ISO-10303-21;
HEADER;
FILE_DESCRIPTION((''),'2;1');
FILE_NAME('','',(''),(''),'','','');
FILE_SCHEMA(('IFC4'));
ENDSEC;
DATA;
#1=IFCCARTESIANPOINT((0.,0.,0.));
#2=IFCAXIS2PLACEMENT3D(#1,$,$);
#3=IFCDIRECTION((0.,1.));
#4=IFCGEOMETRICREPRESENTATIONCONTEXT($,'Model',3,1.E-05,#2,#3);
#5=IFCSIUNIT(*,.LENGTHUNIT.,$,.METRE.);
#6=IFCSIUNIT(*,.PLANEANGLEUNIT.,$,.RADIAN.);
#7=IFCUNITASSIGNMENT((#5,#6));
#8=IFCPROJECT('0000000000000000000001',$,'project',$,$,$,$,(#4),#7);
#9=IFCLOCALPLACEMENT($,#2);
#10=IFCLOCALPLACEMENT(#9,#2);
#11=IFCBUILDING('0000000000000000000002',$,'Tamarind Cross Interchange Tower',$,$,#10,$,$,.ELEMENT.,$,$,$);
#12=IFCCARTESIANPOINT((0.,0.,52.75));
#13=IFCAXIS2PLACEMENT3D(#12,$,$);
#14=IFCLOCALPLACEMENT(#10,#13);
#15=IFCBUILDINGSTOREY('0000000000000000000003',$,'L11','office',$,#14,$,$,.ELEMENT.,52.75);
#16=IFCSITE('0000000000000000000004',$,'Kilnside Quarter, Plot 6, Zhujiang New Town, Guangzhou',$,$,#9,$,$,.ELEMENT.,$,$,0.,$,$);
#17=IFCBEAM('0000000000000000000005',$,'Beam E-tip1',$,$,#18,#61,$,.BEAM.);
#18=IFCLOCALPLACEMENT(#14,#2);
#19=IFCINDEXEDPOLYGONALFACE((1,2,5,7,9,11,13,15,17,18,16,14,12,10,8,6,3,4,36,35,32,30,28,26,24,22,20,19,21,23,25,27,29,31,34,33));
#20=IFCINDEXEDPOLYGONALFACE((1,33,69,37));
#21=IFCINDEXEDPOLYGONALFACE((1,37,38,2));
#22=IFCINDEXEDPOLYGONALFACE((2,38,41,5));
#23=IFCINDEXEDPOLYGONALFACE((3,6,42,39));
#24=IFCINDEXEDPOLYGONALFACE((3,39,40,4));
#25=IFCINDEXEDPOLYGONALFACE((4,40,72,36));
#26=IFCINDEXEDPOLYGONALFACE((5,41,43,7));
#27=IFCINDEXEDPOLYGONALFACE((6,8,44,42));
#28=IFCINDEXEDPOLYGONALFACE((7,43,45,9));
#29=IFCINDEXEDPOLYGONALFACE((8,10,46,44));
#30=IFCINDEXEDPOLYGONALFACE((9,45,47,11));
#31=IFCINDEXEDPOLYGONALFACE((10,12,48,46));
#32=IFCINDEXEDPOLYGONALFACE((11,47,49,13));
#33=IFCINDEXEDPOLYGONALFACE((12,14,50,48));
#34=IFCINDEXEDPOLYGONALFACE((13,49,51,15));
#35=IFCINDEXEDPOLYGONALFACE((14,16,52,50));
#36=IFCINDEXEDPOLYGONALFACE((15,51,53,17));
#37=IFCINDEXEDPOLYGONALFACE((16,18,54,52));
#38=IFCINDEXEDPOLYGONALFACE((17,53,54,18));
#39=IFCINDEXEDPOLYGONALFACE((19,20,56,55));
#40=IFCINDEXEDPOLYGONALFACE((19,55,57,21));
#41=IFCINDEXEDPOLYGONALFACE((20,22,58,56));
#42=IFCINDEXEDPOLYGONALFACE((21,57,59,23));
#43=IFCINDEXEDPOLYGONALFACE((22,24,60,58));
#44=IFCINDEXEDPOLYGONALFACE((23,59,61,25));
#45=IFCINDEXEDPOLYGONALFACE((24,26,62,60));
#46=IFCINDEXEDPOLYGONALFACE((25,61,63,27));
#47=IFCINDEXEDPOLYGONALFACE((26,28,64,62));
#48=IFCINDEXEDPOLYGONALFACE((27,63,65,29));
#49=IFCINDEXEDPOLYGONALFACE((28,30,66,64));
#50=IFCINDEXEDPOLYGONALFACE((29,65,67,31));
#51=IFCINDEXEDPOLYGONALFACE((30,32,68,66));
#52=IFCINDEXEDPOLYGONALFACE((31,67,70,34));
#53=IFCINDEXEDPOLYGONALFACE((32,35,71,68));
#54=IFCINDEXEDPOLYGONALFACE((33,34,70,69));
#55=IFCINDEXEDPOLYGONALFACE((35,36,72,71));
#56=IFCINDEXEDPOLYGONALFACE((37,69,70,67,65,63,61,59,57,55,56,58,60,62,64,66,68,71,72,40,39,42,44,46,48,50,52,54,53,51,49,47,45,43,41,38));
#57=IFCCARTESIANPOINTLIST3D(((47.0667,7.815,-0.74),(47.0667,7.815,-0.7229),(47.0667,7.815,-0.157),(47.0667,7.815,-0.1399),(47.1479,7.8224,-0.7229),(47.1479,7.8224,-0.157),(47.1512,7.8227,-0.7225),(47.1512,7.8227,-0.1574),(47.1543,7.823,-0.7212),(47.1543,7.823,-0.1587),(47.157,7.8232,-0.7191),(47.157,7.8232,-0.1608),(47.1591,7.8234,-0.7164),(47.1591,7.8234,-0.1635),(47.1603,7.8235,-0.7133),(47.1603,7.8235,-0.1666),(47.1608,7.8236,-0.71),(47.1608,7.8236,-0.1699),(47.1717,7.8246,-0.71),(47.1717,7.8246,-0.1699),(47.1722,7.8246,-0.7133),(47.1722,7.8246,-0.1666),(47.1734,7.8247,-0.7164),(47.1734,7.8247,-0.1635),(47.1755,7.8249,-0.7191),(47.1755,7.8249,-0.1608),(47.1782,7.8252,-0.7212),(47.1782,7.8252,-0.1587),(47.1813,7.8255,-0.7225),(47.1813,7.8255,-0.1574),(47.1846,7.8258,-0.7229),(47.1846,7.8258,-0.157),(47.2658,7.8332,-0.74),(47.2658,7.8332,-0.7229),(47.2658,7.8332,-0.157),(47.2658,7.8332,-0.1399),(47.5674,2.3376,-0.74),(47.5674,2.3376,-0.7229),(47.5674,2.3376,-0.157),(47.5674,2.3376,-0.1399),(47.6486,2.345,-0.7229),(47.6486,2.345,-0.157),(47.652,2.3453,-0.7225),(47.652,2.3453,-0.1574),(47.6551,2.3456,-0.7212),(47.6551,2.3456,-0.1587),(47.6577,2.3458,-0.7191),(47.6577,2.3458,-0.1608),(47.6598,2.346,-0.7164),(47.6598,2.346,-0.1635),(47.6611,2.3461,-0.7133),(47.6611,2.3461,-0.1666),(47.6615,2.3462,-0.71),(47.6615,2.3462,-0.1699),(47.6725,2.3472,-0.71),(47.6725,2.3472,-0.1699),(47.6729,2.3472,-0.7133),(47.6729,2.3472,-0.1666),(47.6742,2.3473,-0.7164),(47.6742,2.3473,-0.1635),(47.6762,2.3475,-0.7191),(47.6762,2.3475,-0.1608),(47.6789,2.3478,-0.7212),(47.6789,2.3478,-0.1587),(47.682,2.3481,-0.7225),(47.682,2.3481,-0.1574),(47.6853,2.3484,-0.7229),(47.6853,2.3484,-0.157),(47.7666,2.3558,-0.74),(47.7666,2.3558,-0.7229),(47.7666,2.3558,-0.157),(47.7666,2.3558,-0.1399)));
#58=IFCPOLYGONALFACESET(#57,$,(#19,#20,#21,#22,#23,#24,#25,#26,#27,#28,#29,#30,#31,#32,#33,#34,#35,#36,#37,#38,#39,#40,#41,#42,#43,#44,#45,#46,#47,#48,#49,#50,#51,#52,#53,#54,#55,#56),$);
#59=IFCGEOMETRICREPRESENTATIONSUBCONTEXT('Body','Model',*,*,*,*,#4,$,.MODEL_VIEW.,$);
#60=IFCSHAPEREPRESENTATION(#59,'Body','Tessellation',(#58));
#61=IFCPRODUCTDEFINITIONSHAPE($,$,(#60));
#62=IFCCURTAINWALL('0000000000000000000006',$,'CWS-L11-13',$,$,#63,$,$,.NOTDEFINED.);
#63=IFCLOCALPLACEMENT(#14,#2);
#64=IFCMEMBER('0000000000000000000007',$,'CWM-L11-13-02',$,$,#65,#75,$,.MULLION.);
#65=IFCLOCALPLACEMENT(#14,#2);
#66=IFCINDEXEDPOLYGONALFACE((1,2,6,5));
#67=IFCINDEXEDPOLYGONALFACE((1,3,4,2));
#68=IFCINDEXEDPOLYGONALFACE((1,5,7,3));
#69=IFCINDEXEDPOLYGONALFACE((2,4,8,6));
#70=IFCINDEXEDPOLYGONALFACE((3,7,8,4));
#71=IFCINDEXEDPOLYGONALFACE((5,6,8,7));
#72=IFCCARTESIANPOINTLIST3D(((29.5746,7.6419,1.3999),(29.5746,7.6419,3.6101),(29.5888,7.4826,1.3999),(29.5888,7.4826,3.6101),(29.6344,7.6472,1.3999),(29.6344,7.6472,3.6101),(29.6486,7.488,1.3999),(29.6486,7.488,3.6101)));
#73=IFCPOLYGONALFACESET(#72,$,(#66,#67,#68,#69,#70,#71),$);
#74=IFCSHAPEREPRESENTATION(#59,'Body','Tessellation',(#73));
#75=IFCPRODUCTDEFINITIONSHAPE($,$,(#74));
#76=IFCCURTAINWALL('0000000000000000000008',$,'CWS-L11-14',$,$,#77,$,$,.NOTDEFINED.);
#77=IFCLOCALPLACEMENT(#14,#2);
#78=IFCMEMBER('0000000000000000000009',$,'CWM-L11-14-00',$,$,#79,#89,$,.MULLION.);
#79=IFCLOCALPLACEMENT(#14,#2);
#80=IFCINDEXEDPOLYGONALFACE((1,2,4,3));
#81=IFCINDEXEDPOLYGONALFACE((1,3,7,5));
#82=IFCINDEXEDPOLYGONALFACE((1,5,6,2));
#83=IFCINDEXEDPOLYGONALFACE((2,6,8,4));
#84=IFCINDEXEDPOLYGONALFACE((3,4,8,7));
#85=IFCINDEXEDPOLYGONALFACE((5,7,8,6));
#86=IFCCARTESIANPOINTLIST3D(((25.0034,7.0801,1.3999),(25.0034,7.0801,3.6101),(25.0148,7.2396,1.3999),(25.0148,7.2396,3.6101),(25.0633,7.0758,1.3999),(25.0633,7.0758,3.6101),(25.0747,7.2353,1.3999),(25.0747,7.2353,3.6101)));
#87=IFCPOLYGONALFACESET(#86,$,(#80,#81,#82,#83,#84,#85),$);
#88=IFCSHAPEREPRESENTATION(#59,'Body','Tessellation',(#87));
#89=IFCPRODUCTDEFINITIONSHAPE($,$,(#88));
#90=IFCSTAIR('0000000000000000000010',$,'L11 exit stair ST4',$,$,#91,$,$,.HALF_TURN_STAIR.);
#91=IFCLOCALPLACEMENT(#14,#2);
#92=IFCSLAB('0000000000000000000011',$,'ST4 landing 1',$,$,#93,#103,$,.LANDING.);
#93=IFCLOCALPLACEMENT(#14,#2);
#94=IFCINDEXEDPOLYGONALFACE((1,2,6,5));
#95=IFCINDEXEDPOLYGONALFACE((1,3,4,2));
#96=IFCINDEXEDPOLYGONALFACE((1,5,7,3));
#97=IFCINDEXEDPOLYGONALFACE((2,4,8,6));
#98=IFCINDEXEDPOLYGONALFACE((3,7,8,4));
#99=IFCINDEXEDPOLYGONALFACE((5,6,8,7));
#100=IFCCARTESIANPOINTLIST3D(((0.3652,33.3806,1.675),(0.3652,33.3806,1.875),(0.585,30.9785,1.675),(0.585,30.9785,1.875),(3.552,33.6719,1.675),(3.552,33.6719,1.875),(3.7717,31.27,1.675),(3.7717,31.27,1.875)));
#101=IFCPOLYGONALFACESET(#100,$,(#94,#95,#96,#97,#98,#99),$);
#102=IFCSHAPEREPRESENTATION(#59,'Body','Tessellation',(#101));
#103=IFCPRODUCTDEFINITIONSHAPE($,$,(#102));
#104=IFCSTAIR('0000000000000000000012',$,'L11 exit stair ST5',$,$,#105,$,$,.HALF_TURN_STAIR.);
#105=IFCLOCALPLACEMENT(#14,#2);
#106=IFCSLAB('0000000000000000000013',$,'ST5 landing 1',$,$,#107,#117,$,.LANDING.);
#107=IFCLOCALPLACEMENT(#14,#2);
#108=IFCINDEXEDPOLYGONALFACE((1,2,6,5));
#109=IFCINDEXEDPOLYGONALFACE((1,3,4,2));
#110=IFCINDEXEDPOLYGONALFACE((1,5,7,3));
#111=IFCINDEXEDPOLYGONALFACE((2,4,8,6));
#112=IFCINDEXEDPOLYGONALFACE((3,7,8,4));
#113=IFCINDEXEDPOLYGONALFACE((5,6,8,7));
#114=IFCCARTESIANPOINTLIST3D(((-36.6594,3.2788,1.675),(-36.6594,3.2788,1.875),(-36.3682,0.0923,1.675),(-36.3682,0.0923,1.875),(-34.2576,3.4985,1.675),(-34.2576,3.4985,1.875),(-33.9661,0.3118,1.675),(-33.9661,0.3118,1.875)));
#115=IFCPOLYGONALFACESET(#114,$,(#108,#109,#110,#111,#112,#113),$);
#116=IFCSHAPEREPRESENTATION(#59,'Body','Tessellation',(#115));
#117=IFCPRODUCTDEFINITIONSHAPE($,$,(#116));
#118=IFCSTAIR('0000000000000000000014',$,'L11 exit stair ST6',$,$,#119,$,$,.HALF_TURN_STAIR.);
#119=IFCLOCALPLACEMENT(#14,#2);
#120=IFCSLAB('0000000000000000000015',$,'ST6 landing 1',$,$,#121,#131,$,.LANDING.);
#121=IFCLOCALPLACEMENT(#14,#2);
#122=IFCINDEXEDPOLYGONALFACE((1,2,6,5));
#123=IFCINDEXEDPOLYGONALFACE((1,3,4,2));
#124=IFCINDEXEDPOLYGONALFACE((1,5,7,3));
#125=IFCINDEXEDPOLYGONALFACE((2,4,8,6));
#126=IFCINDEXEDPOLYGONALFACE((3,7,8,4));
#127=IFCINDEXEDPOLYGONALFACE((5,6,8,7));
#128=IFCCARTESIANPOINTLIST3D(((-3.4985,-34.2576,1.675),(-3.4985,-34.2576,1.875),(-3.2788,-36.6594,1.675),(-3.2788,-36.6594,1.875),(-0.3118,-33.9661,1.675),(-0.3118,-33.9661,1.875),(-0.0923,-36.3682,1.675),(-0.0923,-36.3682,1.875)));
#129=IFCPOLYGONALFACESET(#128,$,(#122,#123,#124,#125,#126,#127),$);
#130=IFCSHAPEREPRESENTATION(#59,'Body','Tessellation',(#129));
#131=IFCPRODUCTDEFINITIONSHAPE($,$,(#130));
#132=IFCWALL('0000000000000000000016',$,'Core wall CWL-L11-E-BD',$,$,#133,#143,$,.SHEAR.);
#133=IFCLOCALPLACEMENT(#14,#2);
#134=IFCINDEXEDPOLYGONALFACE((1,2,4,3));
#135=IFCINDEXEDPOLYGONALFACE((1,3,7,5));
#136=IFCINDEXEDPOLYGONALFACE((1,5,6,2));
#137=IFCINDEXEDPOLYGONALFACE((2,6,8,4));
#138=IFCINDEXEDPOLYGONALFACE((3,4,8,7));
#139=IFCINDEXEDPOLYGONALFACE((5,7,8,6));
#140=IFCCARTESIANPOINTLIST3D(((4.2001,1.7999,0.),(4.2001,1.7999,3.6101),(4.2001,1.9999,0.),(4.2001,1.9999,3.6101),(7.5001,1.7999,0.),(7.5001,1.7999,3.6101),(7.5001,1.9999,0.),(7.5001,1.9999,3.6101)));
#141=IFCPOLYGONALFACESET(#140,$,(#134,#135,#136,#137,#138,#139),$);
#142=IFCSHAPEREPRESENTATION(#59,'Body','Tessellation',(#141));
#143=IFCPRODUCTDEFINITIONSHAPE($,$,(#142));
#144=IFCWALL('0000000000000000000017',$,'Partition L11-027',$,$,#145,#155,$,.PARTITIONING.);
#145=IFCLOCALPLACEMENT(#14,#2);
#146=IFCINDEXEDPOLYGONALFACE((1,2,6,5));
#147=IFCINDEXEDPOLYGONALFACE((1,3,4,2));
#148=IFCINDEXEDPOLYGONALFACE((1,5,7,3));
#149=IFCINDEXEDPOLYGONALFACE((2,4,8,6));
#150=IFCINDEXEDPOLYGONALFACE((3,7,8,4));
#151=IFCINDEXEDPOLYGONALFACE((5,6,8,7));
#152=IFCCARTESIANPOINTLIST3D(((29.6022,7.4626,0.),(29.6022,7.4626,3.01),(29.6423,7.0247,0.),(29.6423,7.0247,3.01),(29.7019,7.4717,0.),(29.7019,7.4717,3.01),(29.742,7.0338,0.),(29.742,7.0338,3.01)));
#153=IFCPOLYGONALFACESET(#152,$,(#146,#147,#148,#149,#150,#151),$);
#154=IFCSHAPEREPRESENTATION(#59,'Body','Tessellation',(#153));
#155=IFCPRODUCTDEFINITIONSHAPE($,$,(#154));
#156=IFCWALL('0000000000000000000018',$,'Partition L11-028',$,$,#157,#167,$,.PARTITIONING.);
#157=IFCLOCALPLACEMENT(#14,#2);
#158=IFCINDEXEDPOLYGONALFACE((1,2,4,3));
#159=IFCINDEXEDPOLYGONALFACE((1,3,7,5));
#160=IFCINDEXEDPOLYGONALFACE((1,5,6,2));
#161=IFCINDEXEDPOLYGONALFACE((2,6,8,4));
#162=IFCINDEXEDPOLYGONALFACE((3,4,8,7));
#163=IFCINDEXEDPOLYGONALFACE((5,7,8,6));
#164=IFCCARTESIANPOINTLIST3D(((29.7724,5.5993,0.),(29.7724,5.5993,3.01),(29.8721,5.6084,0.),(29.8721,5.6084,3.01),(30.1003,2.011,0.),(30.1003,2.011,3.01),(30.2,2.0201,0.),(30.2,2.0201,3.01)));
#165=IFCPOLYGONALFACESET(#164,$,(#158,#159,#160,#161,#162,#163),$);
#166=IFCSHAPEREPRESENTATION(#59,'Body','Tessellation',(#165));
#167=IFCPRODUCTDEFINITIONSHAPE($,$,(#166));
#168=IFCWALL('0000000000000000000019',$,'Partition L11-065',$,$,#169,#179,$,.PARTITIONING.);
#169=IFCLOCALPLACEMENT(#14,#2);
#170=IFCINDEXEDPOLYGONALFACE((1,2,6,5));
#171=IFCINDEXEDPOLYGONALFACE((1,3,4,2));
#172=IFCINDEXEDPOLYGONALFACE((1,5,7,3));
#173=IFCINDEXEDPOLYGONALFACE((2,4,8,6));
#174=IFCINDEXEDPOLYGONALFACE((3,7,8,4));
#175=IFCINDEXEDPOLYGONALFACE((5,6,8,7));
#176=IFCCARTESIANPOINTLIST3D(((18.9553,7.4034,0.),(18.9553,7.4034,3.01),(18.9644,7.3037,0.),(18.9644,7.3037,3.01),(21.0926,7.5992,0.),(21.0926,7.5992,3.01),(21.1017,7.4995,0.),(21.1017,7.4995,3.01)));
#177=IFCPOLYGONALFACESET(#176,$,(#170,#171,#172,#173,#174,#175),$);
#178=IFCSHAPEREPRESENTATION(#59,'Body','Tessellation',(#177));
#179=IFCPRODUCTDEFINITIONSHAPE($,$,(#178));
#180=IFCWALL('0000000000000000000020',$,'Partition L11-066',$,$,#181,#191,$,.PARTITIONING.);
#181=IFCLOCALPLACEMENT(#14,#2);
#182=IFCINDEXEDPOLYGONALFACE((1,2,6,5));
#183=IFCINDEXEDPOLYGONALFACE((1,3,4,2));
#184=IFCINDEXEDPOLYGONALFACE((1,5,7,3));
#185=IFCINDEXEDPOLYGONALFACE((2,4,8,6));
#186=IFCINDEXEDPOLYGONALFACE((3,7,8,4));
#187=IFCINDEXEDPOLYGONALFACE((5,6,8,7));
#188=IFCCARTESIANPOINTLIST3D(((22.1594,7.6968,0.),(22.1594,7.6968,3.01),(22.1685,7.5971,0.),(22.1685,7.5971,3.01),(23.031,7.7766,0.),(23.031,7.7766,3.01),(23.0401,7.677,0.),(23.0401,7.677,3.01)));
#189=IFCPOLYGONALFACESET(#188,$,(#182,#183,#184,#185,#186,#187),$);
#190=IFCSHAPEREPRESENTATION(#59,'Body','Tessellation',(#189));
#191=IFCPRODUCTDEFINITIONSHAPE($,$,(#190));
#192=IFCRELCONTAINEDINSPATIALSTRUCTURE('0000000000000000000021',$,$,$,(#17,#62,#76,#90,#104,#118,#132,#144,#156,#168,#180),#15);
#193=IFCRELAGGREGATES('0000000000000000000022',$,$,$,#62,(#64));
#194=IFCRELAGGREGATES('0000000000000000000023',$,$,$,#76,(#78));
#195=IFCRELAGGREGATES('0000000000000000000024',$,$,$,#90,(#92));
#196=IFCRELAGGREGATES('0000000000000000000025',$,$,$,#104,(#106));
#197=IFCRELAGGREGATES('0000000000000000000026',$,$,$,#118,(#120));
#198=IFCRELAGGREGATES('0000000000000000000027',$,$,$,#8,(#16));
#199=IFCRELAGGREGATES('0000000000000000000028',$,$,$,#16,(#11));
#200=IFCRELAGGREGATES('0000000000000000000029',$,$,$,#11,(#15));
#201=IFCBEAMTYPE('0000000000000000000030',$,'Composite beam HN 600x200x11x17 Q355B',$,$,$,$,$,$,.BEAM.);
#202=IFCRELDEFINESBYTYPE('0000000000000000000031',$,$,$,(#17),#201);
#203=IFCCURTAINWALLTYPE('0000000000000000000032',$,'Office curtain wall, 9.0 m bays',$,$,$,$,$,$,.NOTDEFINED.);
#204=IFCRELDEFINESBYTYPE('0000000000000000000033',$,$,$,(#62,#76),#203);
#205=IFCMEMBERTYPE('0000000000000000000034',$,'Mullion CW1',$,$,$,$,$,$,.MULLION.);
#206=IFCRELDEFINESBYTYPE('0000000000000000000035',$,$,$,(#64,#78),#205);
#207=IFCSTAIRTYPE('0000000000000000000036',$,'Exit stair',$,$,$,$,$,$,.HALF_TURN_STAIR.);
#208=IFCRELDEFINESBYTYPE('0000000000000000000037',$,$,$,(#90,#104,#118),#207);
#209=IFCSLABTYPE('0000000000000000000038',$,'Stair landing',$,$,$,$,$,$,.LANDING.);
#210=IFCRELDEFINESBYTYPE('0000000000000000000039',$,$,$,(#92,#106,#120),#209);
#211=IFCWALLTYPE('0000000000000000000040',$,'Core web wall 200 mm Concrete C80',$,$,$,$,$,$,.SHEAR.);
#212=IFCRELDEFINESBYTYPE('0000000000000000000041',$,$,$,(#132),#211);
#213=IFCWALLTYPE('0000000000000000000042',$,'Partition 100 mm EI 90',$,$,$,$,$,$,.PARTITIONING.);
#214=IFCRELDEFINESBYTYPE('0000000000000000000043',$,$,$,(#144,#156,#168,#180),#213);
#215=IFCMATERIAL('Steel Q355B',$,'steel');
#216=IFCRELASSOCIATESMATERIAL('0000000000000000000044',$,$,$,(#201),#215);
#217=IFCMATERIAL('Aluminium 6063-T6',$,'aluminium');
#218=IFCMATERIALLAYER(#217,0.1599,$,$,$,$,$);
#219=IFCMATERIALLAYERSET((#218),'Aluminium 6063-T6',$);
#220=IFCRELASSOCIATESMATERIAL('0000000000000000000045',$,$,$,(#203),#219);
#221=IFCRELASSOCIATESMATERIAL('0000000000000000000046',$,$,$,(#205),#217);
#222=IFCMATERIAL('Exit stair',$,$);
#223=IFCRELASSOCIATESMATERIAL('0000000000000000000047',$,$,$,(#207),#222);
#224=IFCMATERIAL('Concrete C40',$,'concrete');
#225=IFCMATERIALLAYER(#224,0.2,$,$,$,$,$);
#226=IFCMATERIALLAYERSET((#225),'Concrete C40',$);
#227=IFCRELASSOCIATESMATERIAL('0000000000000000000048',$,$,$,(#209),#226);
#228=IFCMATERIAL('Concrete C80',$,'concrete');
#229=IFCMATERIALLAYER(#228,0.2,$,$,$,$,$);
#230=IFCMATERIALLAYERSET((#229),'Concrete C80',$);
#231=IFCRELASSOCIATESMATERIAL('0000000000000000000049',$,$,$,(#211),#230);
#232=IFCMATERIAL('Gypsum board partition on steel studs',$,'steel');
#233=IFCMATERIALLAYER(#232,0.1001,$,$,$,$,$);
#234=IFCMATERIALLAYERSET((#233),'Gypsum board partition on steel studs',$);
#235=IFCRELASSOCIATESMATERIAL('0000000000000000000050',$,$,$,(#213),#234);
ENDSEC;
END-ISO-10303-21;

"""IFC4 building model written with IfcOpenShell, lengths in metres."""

from ifc_helpers import new_model, si_unit, direction, frame, frame_2d, origin, origin_2d, place, context, subcontext, project, spatial, polyline, rectangle, i_section, outline, extrude, material, layer, layer_set, material_profile, profile_set, type_object, element, aggregate, save


model = new_model("IFC4")

# Units and contexts
model_context = context("Model", 3, precision=1e-05, world=origin(), true_north=direction((0.0, 1.0)))
body_context = subcontext(model_context, "Body", "Model", "MODEL_VIEW")
ifc_project = project(units=[si_unit("LENGTHUNIT", "METRE"), si_unit("PLANEANGLEUNIT", "RADIAN")], contexts=[model_context])

# Site, building, storey
site_placement = place(None, origin())
site = spatial("IfcSite", under=ifc_project, at=site_placement, Name="Kilnside Quarter, Plot 6, Zhujiang New Town, Guangzhou", CompositionType="ELEMENT", RefElevation=0.0)
building_placement = place(site_placement, origin())
building = spatial("IfcBuilding", under=site, at=building_placement, Name="Tamarind Cross Interchange Tower", CompositionType="ELEMENT")
storey_placement = place(building_placement, frame((0.0, 0.0, 52.75)))
storey = spatial("IfcBuildingStorey", under=building, at=storey_placement, Name="L11", Description="office", CompositionType="ELEMENT", Elevation=52.75)

# Beam
ifc_material_1 = material(Name="Steel Q355B", Category="steel")
ifc_material_profile_1 = material_profile(ifc_material_1, i_section(OverallWidth=0.2, OverallDepth=0.6001, WebThickness=0.011, FlangeThickness=0.0171, FilletRadius=0.0129, at=origin_2d()), Name="HN 600x200x11x17")
ifc_profile_set_1 = profile_set([ifc_material_profile_1], Name="Steel Q355B")
beam_type_1 = type_object("IfcBeamType", Name="Composite beam HN 600x200x11x17 Q355B", PredefinedType="BEAM", material=ifc_profile_set_1)
beam_1_placement = place(storey_placement, frame((47.667, 2.3467, -0.4399), z_axis=(-0.09104, 0.995847, 0.0), x_axis=(-0.995847, -0.09104, 0.0)))
element("IfcBeam", 1, at=beam_1_placement, inside=storey, type_object=beam_type_1, Name="Beam E-tip1", PredefinedType="BEAM", context=body_context, shape_type="SweptSolid", body=[
    extrude(i_section(OverallWidth=0.2, OverallDepth=0.6001, WebThickness=0.011, FlangeThickness=0.0171, FilletRadius=0.0129, at=origin_2d()), origin(), (0.0, 0.0, 1.0), 5.5002),
])

# Curtain walls, members
ifc_material_2 = material(Name="Aluminium 6063-T6", Category="aluminium")
ifc_layer_1 = layer(ifc_material_2, 0.1599)
ifc_layer_set_1 = layer_set([ifc_layer_1], Name="Aluminium 6063-T6")
curtain_wall_type = type_object("IfcCurtainWallType", Name="Office curtain wall, 9.0 m bays", PredefinedType="NOTDEFINED", material=ifc_layer_set_1)
curtain_wall_1_placement = place(storey_placement, origin())
curtain_wall_1 = element("IfcCurtainWall", 2, at=curtain_wall_1_placement, inside=storey, type_object=curtain_wall_type, Name="CWS-L11-13", PredefinedType="NOTDEFINED")
ifc_material_profile_2 = material_profile(ifc_material_2, rectangle(XDim=0.0601, YDim=0.1599, at=origin_2d()), Name="Mullion CW1")
ifc_profile_set_2 = profile_set([ifc_material_profile_2], Name="Aluminium 6063-T6")
member_type = type_object("IfcMemberType", Name="Mullion CW1", PredefinedType="MULLION", material=ifc_profile_set_2)
member_1_placement = place(storey_placement, frame((29.6116, 7.5649, 1.3999), z_axis=(0.0, 0.0, 1.0), x_axis=(-0.99606, -0.088684, 0.0)))
member_1 = element("IfcMember", 3, at=member_1_placement, type_object=member_type, Name="CWM-L11-13-02", PredefinedType="MULLION", context=body_context, shape_type="SweptSolid", body=[
    extrude(rectangle(XDim=0.0601, YDim=0.1599, at=origin_2d()), origin(), (0.0, 0.0, 1.0), 2.2102),
])
aggregate(curtain_wall_1, [member_1])
curtain_wall_2_placement = place(storey_placement, origin())
curtain_wall_2 = element("IfcCurtainWall", 4, at=curtain_wall_2_placement, inside=storey, type_object=curtain_wall_type, Name="CWS-L11-14", PredefinedType="NOTDEFINED")
member_2_placement = place(storey_placement, frame((25.0391, 7.1577, 1.3999), z_axis=(0.0, 0.0, 1.0), x_axis=(-0.997462, 0.071194, 0.0)))
member_2 = element("IfcMember", 5, at=member_2_placement, type_object=member_type, Name="CWM-L11-14-00", PredefinedType="MULLION", context=body_context, shape_type="SweptSolid", body=[
    extrude(rectangle(XDim=0.0601, YDim=0.1599, at=origin_2d()), origin(), (0.0, 0.0, 1.0), 2.2102),
])
aggregate(curtain_wall_2, [member_2])

# Stairs, slabs
ifc_material_3 = material(Name="Exit stair")
stair_type = type_object("IfcStairType", Name="Exit stair", PredefinedType="HALF_TURN_STAIR", material=ifc_material_3)
stair_1_placement = place(storey_placement, origin())
stair_1 = element("IfcStair", 6, at=stair_1_placement, inside=storey, type_object=stair_type, Name="L11 exit stair ST4", PredefinedType="HALF_TURN_STAIR")
ifc_material_4 = material(Name="Concrete C40", Category="concrete")
ifc_layer_2 = layer(ifc_material_4, 0.2)
ifc_layer_set_2 = layer_set([ifc_layer_2], Name="Concrete C40")
slab_type = type_object("IfcSlabType", Name="Stair landing", PredefinedType="LANDING", material=ifc_layer_set_2)
slab_1_placement = place(storey_placement, frame((0.0, 0.0, 1.675)))
slab_1 = element("IfcSlab", 7, at=slab_1_placement, type_object=slab_type, Name="ST4 landing 1", PredefinedType="LANDING", context=body_context, shape_type="SweptSolid", body=[
    extrude(outline(polyline([(3.7717, 31.27), (3.552, 33.6719), (0.3652, 33.3806), (0.585, 30.9785), (3.7717, 31.27)])), origin(), (0.0, 0.0, 1.0), 0.2),
])
aggregate(stair_1, [slab_1])
stair_2_placement = place(storey_placement, origin())
stair_2 = element("IfcStair", 8, at=stair_2_placement, inside=storey, type_object=stair_type, Name="L11 exit stair ST5", PredefinedType="HALF_TURN_STAIR")
slab_2_placement = place(storey_placement, frame((0.0, 0.0, 1.675)))
slab_2 = element("IfcSlab", 9, at=slab_2_placement, type_object=slab_type, Name="ST5 landing 1", PredefinedType="LANDING", context=body_context, shape_type="SweptSolid", body=[
    extrude(outline(polyline([(-34.2576, 3.4985), (-36.6594, 3.2788), (-36.3682, 0.0923), (-33.9661, 0.3118), (-34.2576, 3.4985)])), origin(), (0.0, 0.0, 1.0), 0.2),
])
aggregate(stair_2, [slab_2])
stair_3_placement = place(storey_placement, origin())
stair_3 = element("IfcStair", 10, at=stair_3_placement, inside=storey, type_object=stair_type, Name="L11 exit stair ST6", PredefinedType="HALF_TURN_STAIR")
slab_3_placement = place(storey_placement, frame((0.0, 0.0, 1.675)))
slab_3 = element("IfcSlab", 11, at=slab_3_placement, type_object=slab_type, Name="ST6 landing 1", PredefinedType="LANDING", context=body_context, shape_type="SweptSolid", body=[
    extrude(outline(polyline([(-3.4985, -34.2576), (-3.2788, -36.6594), (-0.0923, -36.3682), (-0.3118, -33.9661), (-3.4985, -34.2576)])), origin(), (0.0, 0.0, 1.0), 0.2),
])
aggregate(stair_3, [slab_3])

# Walls
ifc_material_5 = material(Name="Concrete C80", Category="concrete")
ifc_layer_3 = layer(ifc_material_5, 0.2)
ifc_layer_set_3 = layer_set([ifc_layer_3], Name="Concrete C80")
wall_type_1 = type_object("IfcWallType", Name="Core web wall 200 mm Concrete C80", PredefinedType="SHEAR", material=ifc_layer_set_3)
wall_1_placement = place(storey_placement, frame((7.5, 1.8999, 0.0), z_axis=(0.0, 0.0, 1.0), x_axis=(-1.0, 0.0, 0.0)))
element("IfcWall", 12, at=wall_1_placement, inside=storey, type_object=wall_type_1, Name="Core wall CWL-L11-E-BD", PredefinedType="SHEAR", context=body_context, shape_type="SweptSolid", body=[
    extrude(rectangle(XDim=3.3, YDim=0.2, at=frame_2d((1.6499, 0.0))), origin(), (0.0, 0.0, 1.0), 3.6101),
])
ifc_material_6 = material(Name="Gypsum board partition on steel studs", Category="steel")
ifc_layer_4 = layer(ifc_material_6, 0.1001)
ifc_layer_set_4 = layer_set([ifc_layer_4], Name="Gypsum board partition on steel studs")
wall_type_2 = type_object("IfcWallType", Name="Partition 100 mm EI 90", PredefinedType="PARTITIONING", material=ifc_layer_set_4)
wall_2_placement = place(storey_placement, frame((29.6521, 7.467, 0.0), z_axis=(0.0, 0.0, 1.0), x_axis=(0.091036, -0.995848, 0.0)))
element("IfcWall", 13, at=wall_2_placement, inside=storey, type_object=wall_type_2, Name="Partition L11-027", PredefinedType="PARTITIONING", context=body_context, shape_type="SweptSolid", body=[
    extrude(rectangle(XDim=0.4397, YDim=0.1001, at=frame_2d((0.2197, 0.0))), origin(), (0.0, 0.0, 1.0), 3.01),
])
wall_3_placement = place(storey_placement, frame((29.8223, 5.604, 0.0), z_axis=(0.0, 0.0, 1.0), x_axis=(0.090994, -0.995851, 0.0)))
element("IfcWall", 14, at=wall_3_placement, inside=storey, type_object=wall_type_2, Name="Partition L11-028", PredefinedType="PARTITIONING", context=body_context, shape_type="SweptSolid", body=[
    extrude(rectangle(XDim=3.6033, YDim=0.1001, at=frame_2d((1.8018, 0.0))), origin(), (0.0, 0.0, 1.0), 3.01),
])
wall_4_placement = place(storey_placement, frame((18.9597, 7.3535, 0.0), z_axis=(0.0, 0.0, 1.0), x_axis=(0.99583, 0.091233, 0.0)))
element("IfcWall", 15, at=wall_4_placement, inside=storey, type_object=wall_type_2, Name="Partition L11-065", PredefinedType="PARTITIONING", context=body_context, shape_type="SweptSolid", body=[
    extrude(rectangle(XDim=2.1462, YDim=0.1001, at=frame_2d((1.0732, 0.0))), origin(), (0.0, 0.0, 1.0), 3.01),
])
wall_5_placement = place(storey_placement, frame((22.1641, 7.647, 0.0), z_axis=(0.0, 0.0, 1.0), x_axis=(0.995831, 0.091215, 0.0)))
element("IfcWall", 16, at=wall_5_placement, inside=storey, type_object=wall_type_2, Name="Partition L11-066", PredefinedType="PARTITIONING", context=body_context, shape_type="SweptSolid", body=[
    extrude(rectangle(XDim=0.8752, YDim=0.1001, at=frame_2d((0.4375, 0.0))), origin(), (0.0, 0.0, 1.0), 3.01),
])

save(model, "model.ifc")
